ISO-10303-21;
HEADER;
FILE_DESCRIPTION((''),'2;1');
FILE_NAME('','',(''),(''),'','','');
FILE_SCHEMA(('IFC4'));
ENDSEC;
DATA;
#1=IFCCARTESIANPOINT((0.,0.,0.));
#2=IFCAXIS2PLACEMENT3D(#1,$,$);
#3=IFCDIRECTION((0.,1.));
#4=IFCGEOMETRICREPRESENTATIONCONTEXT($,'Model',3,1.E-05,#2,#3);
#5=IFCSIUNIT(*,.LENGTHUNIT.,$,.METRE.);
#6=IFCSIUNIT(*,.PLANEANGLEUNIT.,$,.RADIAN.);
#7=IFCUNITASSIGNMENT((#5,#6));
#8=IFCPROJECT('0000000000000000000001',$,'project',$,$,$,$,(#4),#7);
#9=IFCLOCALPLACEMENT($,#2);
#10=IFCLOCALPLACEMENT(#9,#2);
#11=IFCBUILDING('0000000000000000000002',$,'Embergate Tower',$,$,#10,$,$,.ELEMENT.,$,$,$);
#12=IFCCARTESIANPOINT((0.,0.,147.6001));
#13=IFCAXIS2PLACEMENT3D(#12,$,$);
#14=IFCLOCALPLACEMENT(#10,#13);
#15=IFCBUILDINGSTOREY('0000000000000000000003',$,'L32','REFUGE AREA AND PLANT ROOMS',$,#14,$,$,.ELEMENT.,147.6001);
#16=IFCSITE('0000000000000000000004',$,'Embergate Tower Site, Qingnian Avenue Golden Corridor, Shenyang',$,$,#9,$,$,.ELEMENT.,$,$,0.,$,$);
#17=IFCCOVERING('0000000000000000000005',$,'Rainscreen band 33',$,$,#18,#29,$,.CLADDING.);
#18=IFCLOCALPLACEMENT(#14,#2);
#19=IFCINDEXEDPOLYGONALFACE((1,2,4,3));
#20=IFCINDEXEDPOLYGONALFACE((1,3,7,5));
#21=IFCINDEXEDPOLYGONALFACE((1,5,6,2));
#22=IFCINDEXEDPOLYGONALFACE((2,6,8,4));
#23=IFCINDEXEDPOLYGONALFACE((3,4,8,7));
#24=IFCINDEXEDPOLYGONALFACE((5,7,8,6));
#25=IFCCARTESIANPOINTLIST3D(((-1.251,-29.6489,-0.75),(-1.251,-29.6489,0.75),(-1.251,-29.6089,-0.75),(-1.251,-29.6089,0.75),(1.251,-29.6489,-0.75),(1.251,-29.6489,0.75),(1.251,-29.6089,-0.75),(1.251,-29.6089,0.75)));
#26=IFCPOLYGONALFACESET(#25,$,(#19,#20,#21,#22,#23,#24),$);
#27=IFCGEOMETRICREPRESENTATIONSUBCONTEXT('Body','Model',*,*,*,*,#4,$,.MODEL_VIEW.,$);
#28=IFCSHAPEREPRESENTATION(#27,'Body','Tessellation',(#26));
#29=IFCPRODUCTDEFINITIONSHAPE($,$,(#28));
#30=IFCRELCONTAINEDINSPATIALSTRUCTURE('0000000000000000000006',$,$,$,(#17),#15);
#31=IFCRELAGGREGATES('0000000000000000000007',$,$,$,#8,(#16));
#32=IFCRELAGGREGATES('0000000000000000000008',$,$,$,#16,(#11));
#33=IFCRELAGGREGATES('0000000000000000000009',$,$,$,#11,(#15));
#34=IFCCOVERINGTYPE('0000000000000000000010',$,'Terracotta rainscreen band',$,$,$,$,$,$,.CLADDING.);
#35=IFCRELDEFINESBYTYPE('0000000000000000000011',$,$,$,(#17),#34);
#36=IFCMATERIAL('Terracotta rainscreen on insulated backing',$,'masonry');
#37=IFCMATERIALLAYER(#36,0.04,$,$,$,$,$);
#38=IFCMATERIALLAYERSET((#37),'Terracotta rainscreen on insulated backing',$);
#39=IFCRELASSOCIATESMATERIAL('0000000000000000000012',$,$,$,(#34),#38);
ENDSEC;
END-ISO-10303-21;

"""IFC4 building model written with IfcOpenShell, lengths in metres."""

from ifc_helpers import new_model, si_unit, direction, frame, origin, origin_2d, place, context, subcontext, project, spatial, rectangle, extrude, source, transform, mapped, material, layer, layer_set, type_object, element, save


model = new_model("IFC4")

# Units and contexts
model_context = context("Model", 3, precision=1e-05, world=origin(), true_north=direction((0.0, 1.0)))
body_context = subcontext(model_context, "Body", "Model", "MODEL_VIEW")
ifc_project = project(units=[si_unit("LENGTHUNIT", "METRE"), si_unit("PLANEANGLEUNIT", "RADIAN")], contexts=[model_context])

# Site, building, storey
site_placement = place(None, origin())
site = spatial("IfcSite", under=ifc_project, at=site_placement, Name="Embergate Tower Site, Qingnian Avenue Golden Corridor, Shenyang", CompositionType="ELEMENT", RefElevation=0.0)
building_placement = place(site_placement, origin())
building = spatial("IfcBuilding", under=site, at=building_placement, Name="Embergate Tower", CompositionType="ELEMENT")
storey_placement = place(building_placement, frame((0.0, 0.0, 147.6001)))
storey = spatial("IfcBuildingStorey", under=building, at=storey_placement, Name="L32", Description="REFUGE AREA AND PLANT ROOMS", CompositionType="ELEMENT", Elevation=147.6001)

# Covering
ifc_material_1 = material(Name="Terracotta rainscreen on insulated backing", Category="masonry")
ifc_layer_1 = layer(ifc_material_1, 0.04)
ifc_layer_set_1 = layer_set([ifc_layer_1], Name="Terracotta rainscreen on insulated backing")
covering_type = type_object("IfcCoveringType", Name="Terracotta rainscreen band", PredefinedType="CLADDING", material=ifc_layer_set_1)
shared_shape_1 = source(origin(), body_context, "Body", "SweptSolid", [
    extrude(rectangle(XDim=2.502, YDim=0.04, at=origin_2d()), origin(), (0.0, 0.0, 1.0), 1.5),
])
covering_1_placement = place(storey_placement, frame((0.0, -29.6289, -0.75), z_axis=(0.0, 0.0, 1.0), x_axis=(1.0, 0.0, 0.0)))
element("IfcCovering", 1, at=covering_1_placement, inside=storey, type_object=covering_type, Name="Rainscreen band 33", PredefinedType="CLADDING", context=body_context, shape_type="MappedRepresentation", body=[
    mapped(shared_shape_1, transform((0.0, 0.0, 0.0))),
])

save(model, "model.ifc")
